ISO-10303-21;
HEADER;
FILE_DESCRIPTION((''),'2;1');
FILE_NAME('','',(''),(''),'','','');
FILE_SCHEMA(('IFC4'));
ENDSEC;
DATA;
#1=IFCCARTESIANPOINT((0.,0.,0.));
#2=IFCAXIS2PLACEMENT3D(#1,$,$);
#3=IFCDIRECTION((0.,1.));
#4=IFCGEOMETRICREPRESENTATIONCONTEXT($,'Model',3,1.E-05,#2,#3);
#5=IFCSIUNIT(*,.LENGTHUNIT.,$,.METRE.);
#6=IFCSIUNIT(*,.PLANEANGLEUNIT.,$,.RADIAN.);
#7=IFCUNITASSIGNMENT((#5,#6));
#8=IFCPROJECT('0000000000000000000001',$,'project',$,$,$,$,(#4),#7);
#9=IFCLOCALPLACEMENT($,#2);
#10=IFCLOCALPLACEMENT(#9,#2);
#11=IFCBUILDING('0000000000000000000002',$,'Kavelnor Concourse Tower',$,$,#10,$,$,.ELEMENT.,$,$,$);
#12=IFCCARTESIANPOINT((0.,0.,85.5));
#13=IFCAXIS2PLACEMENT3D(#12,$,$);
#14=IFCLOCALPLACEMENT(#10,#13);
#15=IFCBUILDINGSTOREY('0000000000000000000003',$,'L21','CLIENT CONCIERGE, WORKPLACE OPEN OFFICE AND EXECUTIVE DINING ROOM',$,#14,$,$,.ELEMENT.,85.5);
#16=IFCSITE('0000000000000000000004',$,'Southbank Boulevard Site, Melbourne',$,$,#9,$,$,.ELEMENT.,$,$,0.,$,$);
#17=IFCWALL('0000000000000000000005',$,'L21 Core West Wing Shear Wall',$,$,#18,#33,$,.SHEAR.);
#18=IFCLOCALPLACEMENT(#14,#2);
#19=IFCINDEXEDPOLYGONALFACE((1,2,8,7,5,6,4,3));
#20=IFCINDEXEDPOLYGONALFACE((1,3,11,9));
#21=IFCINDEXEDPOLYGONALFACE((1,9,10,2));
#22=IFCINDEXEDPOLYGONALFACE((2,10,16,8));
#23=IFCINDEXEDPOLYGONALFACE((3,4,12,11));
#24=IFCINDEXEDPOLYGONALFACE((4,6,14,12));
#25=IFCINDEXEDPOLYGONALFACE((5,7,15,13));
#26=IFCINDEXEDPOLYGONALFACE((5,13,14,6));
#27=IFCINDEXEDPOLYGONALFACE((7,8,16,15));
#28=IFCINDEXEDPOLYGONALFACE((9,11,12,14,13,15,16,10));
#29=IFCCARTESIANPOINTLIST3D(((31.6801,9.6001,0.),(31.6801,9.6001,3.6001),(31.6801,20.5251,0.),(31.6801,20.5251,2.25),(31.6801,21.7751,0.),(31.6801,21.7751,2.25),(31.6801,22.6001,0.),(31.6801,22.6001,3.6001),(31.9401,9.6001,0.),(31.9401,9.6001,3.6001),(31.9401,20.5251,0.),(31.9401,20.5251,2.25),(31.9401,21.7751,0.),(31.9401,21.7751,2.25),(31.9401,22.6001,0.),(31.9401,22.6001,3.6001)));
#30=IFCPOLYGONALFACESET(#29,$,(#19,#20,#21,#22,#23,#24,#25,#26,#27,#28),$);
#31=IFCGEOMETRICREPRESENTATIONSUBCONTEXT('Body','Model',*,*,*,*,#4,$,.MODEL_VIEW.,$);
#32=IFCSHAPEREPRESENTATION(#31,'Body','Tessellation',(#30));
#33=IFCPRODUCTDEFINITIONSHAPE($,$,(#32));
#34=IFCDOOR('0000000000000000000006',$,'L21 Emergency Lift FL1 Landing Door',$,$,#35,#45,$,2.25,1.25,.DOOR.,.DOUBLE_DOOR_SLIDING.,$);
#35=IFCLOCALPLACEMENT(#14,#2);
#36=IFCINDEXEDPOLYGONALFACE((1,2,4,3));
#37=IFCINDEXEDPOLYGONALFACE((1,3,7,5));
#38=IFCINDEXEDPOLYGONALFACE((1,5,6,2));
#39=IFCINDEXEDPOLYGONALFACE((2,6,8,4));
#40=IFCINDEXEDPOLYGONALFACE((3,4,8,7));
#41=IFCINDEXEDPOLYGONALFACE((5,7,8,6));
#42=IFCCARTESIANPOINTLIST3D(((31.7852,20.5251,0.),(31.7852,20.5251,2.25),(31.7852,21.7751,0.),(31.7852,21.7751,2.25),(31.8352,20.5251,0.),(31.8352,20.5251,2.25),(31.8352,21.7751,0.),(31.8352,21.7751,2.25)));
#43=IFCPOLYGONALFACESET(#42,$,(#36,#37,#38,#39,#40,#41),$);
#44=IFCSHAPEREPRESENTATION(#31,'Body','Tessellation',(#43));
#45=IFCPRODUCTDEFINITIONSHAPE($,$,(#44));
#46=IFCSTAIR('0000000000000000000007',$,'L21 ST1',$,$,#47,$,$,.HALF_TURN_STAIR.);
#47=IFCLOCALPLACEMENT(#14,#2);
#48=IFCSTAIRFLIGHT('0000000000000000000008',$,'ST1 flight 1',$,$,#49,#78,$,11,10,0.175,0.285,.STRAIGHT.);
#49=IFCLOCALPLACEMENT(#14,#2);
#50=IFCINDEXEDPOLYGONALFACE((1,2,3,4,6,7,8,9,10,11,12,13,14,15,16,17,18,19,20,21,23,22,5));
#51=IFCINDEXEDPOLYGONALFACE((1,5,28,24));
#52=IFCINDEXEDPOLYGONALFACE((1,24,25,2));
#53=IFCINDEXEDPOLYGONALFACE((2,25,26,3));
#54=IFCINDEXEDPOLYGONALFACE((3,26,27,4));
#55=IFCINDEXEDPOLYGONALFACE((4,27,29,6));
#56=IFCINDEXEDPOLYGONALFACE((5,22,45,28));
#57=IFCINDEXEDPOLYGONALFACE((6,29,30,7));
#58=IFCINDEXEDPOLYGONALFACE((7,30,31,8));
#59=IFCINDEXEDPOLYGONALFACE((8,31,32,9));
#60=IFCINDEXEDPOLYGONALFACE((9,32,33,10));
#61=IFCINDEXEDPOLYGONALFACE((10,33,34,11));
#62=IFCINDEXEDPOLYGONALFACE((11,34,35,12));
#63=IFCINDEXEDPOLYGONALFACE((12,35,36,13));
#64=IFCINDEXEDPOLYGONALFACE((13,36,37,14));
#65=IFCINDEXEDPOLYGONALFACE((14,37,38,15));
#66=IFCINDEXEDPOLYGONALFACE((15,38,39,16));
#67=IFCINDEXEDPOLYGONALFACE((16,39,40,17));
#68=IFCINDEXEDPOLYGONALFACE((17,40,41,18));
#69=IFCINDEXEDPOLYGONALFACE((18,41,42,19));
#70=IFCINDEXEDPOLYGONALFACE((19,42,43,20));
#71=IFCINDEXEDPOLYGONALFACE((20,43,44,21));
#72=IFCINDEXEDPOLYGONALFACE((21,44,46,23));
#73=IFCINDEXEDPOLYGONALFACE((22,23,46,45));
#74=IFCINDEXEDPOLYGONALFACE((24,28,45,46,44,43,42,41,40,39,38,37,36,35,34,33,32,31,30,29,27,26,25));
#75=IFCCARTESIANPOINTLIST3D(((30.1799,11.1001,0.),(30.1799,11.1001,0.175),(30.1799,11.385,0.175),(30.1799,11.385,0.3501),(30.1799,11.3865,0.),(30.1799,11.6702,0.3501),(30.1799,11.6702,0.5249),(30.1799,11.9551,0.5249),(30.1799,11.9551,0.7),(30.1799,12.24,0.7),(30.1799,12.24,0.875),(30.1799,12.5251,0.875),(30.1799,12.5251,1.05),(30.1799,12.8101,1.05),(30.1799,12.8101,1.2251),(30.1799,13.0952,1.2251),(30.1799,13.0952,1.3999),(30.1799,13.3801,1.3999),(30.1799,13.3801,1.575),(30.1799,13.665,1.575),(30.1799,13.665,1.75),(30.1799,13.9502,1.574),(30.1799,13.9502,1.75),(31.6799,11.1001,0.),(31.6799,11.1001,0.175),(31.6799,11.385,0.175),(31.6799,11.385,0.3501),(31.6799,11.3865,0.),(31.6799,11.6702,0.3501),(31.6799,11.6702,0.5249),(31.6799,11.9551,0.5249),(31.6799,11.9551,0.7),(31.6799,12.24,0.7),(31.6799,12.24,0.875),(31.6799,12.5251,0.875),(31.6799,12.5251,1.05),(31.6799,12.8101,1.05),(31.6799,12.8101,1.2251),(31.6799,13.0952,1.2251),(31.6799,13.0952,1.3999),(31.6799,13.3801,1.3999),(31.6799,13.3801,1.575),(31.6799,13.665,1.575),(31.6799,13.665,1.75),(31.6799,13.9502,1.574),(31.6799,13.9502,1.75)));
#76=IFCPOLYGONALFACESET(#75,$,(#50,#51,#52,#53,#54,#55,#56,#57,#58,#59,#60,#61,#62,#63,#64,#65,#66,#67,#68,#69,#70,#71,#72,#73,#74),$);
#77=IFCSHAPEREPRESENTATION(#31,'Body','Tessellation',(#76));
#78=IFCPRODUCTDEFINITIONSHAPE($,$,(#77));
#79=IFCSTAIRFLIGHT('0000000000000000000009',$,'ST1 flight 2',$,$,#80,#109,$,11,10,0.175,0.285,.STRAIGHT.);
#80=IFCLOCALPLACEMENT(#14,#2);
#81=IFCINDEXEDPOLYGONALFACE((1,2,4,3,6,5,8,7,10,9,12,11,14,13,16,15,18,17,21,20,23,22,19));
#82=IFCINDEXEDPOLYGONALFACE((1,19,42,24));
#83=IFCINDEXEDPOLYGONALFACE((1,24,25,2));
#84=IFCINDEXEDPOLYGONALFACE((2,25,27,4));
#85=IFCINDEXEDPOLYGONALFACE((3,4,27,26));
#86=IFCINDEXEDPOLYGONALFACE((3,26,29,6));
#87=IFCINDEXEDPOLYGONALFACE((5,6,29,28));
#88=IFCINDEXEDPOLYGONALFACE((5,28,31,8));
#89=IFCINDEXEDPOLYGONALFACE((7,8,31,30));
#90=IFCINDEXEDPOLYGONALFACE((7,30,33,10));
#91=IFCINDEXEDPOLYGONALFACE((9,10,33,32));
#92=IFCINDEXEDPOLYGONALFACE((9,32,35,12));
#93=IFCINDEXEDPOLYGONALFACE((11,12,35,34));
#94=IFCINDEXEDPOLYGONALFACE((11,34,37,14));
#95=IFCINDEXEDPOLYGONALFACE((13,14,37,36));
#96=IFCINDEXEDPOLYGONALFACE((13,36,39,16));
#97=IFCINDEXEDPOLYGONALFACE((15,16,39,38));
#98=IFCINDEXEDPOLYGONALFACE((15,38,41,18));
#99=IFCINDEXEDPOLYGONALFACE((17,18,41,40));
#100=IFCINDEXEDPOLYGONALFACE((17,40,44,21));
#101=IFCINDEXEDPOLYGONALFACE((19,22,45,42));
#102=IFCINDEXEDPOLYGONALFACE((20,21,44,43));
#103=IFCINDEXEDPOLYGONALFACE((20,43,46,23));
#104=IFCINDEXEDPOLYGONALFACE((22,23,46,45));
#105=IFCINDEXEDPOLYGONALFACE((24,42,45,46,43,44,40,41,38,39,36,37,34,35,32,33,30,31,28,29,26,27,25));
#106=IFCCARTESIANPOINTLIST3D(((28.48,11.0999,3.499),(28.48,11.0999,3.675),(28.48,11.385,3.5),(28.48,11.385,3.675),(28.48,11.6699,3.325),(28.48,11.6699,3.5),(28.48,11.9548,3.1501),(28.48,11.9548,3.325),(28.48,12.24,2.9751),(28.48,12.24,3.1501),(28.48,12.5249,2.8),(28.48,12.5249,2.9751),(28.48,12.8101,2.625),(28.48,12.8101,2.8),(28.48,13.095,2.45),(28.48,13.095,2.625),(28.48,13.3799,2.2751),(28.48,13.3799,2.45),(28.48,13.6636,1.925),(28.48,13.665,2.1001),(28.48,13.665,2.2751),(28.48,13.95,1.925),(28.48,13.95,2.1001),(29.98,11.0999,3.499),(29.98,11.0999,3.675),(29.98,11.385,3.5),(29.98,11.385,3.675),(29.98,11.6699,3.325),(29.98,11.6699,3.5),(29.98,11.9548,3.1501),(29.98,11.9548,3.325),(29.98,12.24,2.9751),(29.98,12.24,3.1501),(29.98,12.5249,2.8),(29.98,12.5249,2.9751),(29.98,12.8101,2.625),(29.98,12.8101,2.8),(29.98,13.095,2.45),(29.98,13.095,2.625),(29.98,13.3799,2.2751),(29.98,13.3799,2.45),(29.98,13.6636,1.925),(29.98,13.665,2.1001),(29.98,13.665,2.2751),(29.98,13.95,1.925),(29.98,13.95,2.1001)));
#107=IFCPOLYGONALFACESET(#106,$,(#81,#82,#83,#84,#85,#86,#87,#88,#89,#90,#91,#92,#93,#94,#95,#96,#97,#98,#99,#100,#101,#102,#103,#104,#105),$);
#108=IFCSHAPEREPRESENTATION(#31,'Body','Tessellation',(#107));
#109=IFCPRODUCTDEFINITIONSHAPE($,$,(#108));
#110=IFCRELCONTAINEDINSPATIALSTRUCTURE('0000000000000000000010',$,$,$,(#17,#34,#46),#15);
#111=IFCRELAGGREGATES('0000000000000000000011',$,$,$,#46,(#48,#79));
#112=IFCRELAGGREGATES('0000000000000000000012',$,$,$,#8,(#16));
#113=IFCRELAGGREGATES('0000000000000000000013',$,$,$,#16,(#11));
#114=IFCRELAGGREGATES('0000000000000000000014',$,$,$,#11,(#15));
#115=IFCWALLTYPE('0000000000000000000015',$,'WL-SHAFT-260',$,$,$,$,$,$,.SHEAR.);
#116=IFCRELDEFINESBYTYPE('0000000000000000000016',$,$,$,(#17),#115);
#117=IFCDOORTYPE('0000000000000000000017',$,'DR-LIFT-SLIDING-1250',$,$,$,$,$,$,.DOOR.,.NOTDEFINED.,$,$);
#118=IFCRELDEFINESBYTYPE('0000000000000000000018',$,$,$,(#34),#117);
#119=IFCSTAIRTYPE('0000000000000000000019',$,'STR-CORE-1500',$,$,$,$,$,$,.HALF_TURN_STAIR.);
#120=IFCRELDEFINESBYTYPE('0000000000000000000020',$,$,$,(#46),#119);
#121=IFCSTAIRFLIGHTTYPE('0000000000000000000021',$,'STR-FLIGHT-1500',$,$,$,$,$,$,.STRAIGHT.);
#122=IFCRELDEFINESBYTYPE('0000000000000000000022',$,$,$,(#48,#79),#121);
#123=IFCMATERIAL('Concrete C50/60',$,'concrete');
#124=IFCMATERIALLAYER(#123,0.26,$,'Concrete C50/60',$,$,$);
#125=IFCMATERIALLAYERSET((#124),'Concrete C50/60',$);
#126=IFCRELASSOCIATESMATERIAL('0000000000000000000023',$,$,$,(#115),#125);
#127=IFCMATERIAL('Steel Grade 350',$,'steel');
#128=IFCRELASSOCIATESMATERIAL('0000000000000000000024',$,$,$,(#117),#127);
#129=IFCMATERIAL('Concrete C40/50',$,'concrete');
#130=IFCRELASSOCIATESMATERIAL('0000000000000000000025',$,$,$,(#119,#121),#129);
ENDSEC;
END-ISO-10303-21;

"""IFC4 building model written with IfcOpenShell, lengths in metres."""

from ifc_helpers import new_model, si_unit, direction, frame, frame_2d, origin, place, context, subcontext, project, spatial, polyline, rectangle, outline, extrude, material, layer, layer_set, type_object, element, fill, aggregate, save


model = new_model("IFC4")

# Units and contexts
model_context = context("Model", 3, precision=1e-05, world=origin(), true_north=direction((0.0, 1.0)))
body_context = subcontext(model_context, "Body", "Model", "MODEL_VIEW")
ifc_project = project(units=[si_unit("LENGTHUNIT", "METRE"), si_unit("PLANEANGLEUNIT", "RADIAN")], contexts=[model_context])

# Site, building, storey
site_placement = place(None, origin())
site = spatial("IfcSite", under=ifc_project, at=site_placement, Name="Southbank Boulevard Site, Melbourne", CompositionType="ELEMENT", RefElevation=0.0)
building_placement = place(site_placement, origin())
building = spatial("IfcBuilding", under=site, at=building_placement, Name="Kavelnor Concourse Tower", CompositionType="ELEMENT")
storey_placement = place(building_placement, frame((0.0, 0.0, 85.5)))
storey = spatial("IfcBuildingStorey", under=building, at=storey_placement, Name="L21", Description="CLIENT CONCIERGE, WORKPLACE OPEN OFFICE AND EXECUTIVE DINING ROOM", CompositionType="ELEMENT", Elevation=85.5)

# Shared definitions
ifc_material_1 = material(Name="Steel Grade 350", Category="steel")

# Shared definitions
ifc_material_2 = material(Name="Concrete C50/60", Category="concrete")

# Wall, opening, door
ifc_layer_1 = layer(ifc_material_2, 0.26, Name="Concrete C50/60")
ifc_layer_set_1 = layer_set([ifc_layer_1], Name="Concrete C50/60")
wall_type_1 = type_object("IfcWallType", Name="WL-SHAFT-260", PredefinedType="SHEAR", material=ifc_layer_set_1)
wall_1_placement = place(storey_placement, frame((31.8101, 9.6001, 0.0), z_axis=(0.0, 0.0, 1.0), x_axis=(0.0, 1.0, 0.0)))
wall_1 = element("IfcWall", 1, at=wall_1_placement, inside=storey, type_object=wall_type_1, Name="L21 Core West Wing Shear Wall", PredefinedType="SHEAR", context=body_context, shape_type="SweptSolid", body=[
    extrude(rectangle(XDim=13.0, YDim=0.26, at=frame_2d((6.5, 0.0))), origin(), (0.0, 0.0, 1.0), 3.6001),
])
opening_1_placement = place(wall_1_placement, frame((10.925, 0.0, 0.0)))
opening_1 = element("IfcOpeningElement", 2, at=opening_1_placement, cuts=wall_1, PredefinedType="OPENING", context=body_context, shape_type="SweptSolid", body=[
    extrude(rectangle(XDim=1.25, YDim=2.25, at=frame_2d((0.625, 1.125))), frame((0.0, 0.1401, 0.0), z_axis=(0.0, -1.0, 0.0), x_axis=(1.0, 0.0, 0.0)), (0.0, 0.0, 1.0), 0.28),
])
door_type_1 = type_object("IfcDoorType", Name="DR-LIFT-SLIDING-1250", OperationType="NOTDEFINED", PredefinedType="DOOR", material=ifc_material_1)
door_1_placement = place(opening_1_placement, origin())
door_1 = element("IfcDoor", 3, at=door_1_placement, inside=storey, type_object=door_type_1, Name="L21 Emergency Lift FL1 Landing Door", OperationType="DOUBLE_DOOR_SLIDING", OverallHeight=2.25, OverallWidth=1.25, PredefinedType="DOOR", context=body_context, shape_type="SweptSolid", body=[
    extrude(rectangle(XDim=1.25, YDim=2.25, at=frame_2d((0.625, 1.125))), frame((0.0, 0.0249, 0.0), z_axis=(0.0, -1.0, 0.0), x_axis=(1.0, 0.0, 0.0)), (0.0, 0.0, 1.0), 0.05),
])
fill(opening_1, door_1)

# Stair, stair flights
ifc_material_3 = material(Name="Concrete C40/50", Category="concrete")
stair_type = type_object("IfcStairType", Name="STR-CORE-1500", PredefinedType="HALF_TURN_STAIR", material=ifc_material_3)
stair_placement = place(storey_placement, origin())
stair = element("IfcStair", 4, at=stair_placement, inside=storey, type_object=stair_type, Name="L21 ST1", PredefinedType="HALF_TURN_STAIR")
stair_flight_type = type_object("IfcStairFlightType", Name="STR-FLIGHT-1500", PredefinedType="STRAIGHT", material=ifc_material_3)
stair_flight_1_placement = place(storey_placement, frame((30.9299, 11.1001, 0.0), z_axis=(0.0, 0.0, 1.0), x_axis=(0.0, 1.0, 0.0)))
stair_flight_1 = element("IfcStairFlight", 5, at=stair_flight_1_placement, type_object=stair_flight_type, Name="ST1 flight 1", NumberOfRisers=11, NumberOfTreads=10, PredefinedType="STRAIGHT", RiserHeight=0.175, TreadLength=0.285, context=body_context, shape_type="SweptSolid", body=[
    extrude(outline(polyline([(0.0, 0.0), (0.0, 0.175), (0.2849, 0.175), (0.2849, 0.3501), (0.5701, 0.3501), (0.5701, 0.5249), (0.855, 0.5249), (0.855, 0.7), (1.1399, 0.7), (1.1399, 0.875), (1.425, 0.875), (1.425, 1.05), (1.71, 1.05), (1.71, 1.2251), (1.9951, 1.2251), (1.9951, 1.3999), (2.28, 1.3999), (2.28, 1.575), (2.5649, 1.575), (2.5649, 1.75), (2.8501, 1.75), (2.8501, 1.925), (2.8501, 1.574), (0.2864, 0.0), (0.0, 0.0)])), frame((0.0, 0.75, 0.0), z_axis=(0.0, -1.0, 0.0), x_axis=(1.0, 0.0, 0.0)), (0.0, 0.0, 1.0), 1.5),
])
stair_flight_2_placement = place(storey_placement, frame((29.23, 13.95, 1.925), z_axis=(0.0, 0.0, 1.0), x_axis=(0.0, -1.0, 0.0)))
stair_flight_2 = element("IfcStairFlight", 6, at=stair_flight_2_placement, type_object=stair_flight_type, Name="ST1 flight 2", NumberOfRisers=11, NumberOfTreads=10, PredefinedType="STRAIGHT", RiserHeight=0.175, TreadLength=0.285, context=body_context, shape_type="SweptSolid", body=[
    extrude(outline(polyline([(0.0, 0.0), (0.0, 0.175), (0.2849, 0.175), (0.2849, 0.3501), (0.5701, 0.3501), (0.5701, 0.5249), (0.855, 0.5249), (0.855, 0.7), (1.1399, 0.7), (1.1399, 0.875), (1.425, 0.875), (1.425, 1.05), (1.71, 1.05), (1.71, 1.2251), (1.9951, 1.2251), (1.9951, 1.3999), (2.28, 1.3999), (2.28, 1.575), (2.5649, 1.575), (2.5649, 1.75), (2.8501, 1.75), (2.8501, 1.925), (2.8501, 1.574), (0.2864, 0.0), (0.0, 0.0)])), frame((0.0, 0.75, 0.0), z_axis=(0.0, -1.0, 0.0), x_axis=(1.0, 0.0, 0.0)), (0.0, 0.0, 1.0), 1.5),
])
aggregate(stair, [stair_flight_1, stair_flight_2])

save(model, "model.ifc")
